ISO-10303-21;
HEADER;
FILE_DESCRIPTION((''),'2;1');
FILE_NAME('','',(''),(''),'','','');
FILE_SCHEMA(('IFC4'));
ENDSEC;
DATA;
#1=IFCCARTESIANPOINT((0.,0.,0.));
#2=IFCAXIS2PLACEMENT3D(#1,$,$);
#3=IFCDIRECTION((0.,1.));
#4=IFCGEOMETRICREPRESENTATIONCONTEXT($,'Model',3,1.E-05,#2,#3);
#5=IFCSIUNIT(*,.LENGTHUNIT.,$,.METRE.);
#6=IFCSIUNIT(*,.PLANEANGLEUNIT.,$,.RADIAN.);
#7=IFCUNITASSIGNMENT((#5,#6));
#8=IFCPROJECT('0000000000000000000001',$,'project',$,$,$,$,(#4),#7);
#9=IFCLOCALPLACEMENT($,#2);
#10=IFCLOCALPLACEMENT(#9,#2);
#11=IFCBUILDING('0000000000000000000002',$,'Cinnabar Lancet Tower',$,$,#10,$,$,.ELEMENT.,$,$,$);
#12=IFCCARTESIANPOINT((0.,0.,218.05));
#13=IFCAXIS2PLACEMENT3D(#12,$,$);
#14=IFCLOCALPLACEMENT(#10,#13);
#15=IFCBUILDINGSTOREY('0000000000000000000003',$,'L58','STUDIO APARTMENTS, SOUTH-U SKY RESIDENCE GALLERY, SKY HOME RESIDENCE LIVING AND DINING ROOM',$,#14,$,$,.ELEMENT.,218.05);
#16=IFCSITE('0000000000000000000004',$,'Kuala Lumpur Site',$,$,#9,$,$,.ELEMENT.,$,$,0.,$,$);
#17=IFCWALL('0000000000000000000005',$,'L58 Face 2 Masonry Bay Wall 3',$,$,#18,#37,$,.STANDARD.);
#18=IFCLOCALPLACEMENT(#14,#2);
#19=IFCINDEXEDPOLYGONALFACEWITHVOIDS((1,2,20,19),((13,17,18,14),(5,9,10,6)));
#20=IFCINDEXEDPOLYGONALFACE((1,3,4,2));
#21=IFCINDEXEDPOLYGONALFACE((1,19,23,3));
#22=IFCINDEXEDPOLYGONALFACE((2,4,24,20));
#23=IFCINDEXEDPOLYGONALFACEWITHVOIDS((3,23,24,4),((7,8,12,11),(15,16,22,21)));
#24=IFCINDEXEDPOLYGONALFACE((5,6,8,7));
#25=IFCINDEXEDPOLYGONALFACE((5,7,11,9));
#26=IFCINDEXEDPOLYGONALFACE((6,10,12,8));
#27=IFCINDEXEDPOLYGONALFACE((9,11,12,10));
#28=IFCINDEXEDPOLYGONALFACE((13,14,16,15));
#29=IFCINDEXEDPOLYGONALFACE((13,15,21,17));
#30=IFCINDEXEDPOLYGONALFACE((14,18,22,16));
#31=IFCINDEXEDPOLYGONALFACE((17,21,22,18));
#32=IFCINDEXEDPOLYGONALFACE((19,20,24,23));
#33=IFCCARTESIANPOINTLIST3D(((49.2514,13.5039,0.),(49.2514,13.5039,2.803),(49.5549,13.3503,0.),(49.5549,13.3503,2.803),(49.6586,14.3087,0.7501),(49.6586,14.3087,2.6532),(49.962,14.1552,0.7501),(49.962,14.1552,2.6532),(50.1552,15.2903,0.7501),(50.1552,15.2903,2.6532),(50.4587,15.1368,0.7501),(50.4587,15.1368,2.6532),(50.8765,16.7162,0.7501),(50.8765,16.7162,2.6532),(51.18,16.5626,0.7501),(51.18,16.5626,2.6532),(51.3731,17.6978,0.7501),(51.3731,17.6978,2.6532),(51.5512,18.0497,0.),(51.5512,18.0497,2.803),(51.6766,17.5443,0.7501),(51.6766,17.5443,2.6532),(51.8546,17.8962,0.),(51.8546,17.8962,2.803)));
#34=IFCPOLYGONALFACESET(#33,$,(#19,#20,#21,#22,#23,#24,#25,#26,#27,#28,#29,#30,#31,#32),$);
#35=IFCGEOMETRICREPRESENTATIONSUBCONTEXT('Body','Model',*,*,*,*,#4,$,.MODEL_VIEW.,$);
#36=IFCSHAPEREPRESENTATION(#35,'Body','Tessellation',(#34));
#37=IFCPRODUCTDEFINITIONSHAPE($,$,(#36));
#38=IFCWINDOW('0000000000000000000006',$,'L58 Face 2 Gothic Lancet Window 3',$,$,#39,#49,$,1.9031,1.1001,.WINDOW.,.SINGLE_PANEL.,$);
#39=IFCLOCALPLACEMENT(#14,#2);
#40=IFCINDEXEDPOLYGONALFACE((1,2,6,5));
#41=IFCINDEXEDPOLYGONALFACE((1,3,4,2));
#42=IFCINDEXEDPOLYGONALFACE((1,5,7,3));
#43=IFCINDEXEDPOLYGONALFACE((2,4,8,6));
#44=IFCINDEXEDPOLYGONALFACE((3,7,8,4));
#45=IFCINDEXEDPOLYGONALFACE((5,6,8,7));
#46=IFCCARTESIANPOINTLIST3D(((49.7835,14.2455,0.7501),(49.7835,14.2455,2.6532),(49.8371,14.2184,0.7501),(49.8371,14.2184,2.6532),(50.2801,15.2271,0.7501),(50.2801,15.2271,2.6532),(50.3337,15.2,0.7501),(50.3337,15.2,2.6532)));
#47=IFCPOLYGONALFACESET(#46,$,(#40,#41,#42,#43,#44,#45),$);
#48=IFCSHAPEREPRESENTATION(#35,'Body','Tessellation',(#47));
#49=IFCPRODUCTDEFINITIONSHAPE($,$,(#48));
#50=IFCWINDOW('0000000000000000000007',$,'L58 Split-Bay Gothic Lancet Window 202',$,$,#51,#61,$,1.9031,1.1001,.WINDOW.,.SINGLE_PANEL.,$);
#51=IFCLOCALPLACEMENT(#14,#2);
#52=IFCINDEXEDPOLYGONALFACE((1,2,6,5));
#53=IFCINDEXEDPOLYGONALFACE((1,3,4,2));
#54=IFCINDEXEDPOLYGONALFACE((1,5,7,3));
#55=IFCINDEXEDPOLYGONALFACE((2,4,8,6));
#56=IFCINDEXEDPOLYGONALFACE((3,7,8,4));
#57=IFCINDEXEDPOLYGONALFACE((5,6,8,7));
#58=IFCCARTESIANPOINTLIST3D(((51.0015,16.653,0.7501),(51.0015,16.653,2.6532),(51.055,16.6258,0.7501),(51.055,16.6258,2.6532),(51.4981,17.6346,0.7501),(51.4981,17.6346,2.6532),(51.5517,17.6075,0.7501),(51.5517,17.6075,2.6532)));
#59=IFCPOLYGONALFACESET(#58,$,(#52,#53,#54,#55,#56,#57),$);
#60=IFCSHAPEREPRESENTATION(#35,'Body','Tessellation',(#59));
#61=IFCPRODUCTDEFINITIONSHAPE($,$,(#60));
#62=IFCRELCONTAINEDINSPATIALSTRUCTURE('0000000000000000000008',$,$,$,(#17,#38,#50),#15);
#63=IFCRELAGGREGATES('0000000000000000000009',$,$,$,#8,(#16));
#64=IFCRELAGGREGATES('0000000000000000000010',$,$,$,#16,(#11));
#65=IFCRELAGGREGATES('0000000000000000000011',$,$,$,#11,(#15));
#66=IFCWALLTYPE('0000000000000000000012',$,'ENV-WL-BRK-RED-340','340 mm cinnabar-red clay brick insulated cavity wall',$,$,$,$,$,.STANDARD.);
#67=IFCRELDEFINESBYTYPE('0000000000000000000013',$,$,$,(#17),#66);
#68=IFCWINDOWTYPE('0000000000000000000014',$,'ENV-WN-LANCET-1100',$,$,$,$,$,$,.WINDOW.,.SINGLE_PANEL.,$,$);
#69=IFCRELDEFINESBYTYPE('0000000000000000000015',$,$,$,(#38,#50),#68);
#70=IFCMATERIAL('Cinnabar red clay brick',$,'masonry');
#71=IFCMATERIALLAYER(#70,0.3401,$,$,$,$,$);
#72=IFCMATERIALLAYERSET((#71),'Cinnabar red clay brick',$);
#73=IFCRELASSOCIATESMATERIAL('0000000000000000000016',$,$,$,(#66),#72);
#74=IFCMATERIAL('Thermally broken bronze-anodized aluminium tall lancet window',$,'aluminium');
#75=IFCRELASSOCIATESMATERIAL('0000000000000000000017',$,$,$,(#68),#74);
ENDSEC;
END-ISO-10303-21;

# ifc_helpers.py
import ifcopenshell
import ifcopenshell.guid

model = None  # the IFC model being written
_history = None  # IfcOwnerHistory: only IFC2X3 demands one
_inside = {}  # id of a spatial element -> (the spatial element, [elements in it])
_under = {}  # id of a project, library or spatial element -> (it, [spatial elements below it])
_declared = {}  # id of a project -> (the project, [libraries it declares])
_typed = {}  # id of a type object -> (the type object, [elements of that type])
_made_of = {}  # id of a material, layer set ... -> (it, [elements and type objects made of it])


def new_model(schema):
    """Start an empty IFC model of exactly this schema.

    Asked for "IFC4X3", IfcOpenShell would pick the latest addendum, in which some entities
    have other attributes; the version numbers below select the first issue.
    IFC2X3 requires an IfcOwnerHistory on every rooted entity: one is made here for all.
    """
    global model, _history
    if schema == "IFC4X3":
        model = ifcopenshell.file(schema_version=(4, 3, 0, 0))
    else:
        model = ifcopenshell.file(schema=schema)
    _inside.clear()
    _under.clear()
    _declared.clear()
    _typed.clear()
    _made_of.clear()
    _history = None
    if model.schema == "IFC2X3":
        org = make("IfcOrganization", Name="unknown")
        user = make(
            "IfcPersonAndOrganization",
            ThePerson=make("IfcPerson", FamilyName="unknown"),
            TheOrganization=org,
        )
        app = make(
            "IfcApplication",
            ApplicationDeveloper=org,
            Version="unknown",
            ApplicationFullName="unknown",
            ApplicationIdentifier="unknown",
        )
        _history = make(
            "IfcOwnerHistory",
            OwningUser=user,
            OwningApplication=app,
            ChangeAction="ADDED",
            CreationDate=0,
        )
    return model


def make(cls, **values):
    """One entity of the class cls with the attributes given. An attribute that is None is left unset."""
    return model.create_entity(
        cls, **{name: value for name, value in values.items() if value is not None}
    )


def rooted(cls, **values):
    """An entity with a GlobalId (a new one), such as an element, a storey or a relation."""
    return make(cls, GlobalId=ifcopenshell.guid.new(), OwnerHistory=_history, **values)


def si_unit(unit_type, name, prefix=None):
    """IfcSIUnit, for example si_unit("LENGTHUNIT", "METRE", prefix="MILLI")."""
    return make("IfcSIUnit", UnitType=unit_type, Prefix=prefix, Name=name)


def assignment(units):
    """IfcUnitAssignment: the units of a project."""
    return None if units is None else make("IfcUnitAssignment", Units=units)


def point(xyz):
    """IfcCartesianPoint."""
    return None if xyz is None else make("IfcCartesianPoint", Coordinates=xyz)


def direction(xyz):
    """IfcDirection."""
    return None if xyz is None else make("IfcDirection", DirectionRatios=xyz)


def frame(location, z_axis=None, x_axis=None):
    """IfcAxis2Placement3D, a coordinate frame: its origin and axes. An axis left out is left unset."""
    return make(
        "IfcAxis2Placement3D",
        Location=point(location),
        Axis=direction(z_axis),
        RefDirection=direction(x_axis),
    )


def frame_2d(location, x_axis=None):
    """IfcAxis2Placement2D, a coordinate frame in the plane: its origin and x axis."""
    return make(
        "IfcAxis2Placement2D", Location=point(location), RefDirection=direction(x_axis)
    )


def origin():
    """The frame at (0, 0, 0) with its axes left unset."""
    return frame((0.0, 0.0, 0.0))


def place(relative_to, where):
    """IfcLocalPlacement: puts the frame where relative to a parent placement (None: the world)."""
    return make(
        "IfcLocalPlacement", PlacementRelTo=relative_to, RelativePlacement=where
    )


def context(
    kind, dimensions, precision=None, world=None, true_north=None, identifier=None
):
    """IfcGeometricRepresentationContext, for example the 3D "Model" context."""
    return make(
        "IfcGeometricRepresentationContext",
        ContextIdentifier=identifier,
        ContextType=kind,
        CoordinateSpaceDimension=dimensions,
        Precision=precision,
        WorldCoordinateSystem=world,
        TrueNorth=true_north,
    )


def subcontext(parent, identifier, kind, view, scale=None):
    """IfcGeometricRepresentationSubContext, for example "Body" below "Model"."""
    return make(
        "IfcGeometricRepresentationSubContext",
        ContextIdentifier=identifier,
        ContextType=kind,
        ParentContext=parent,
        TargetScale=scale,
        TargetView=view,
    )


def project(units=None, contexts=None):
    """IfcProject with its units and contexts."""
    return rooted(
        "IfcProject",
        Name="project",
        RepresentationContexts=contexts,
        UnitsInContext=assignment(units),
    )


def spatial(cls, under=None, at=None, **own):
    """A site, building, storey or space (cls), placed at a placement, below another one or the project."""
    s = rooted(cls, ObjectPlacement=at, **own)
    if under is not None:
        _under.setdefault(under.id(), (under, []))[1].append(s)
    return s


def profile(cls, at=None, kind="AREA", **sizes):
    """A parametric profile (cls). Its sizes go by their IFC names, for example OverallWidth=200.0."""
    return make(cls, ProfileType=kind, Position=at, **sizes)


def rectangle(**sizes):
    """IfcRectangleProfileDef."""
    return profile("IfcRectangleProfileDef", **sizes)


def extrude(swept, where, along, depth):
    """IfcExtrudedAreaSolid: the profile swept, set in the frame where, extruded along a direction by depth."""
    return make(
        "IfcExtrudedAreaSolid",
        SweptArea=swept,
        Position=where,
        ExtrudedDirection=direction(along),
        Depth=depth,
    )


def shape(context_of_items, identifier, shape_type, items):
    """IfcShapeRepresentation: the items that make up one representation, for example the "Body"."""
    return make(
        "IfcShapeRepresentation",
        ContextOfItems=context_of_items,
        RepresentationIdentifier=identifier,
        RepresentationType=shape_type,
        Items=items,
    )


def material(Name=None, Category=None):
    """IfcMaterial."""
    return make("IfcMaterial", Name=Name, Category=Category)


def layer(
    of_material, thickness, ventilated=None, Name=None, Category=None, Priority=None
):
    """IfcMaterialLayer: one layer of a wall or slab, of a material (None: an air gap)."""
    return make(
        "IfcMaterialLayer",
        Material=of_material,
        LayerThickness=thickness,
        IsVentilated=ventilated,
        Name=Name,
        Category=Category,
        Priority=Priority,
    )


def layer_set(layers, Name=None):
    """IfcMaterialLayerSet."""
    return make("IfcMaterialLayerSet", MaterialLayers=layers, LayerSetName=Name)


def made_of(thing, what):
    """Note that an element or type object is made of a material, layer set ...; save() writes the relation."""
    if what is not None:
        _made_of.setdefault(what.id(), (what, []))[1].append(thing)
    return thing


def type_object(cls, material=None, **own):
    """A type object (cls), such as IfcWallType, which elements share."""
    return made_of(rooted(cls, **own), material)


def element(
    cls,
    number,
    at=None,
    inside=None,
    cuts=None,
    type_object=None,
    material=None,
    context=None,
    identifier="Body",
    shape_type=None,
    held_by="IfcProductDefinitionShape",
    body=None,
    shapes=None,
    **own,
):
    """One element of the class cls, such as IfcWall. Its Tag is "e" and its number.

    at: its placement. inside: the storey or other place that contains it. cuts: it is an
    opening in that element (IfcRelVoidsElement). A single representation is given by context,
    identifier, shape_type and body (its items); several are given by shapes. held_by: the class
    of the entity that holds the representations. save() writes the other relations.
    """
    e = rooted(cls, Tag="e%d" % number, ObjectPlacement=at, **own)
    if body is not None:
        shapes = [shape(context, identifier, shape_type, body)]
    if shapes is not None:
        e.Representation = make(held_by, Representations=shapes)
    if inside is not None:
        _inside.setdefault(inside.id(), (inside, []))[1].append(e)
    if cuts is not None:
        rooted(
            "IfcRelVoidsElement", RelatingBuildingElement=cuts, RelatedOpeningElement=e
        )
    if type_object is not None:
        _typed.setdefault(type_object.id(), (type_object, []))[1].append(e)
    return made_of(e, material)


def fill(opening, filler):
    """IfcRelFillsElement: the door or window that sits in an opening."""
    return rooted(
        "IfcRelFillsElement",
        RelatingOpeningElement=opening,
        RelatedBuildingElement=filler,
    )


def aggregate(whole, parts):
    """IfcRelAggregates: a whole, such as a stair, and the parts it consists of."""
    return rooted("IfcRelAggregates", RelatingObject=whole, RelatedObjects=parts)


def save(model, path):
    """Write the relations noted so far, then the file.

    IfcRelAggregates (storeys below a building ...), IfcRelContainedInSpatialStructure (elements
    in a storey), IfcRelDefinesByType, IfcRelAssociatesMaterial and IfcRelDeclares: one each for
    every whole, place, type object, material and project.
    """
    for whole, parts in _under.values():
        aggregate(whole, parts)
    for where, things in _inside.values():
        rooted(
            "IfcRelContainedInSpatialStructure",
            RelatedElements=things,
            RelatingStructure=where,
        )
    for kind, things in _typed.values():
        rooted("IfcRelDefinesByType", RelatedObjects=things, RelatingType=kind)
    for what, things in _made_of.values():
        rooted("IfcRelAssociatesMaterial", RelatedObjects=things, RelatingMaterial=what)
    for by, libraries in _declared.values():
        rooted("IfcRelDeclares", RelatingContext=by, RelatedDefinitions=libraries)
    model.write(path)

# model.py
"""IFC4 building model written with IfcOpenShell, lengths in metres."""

from ifc_helpers import new_model, si_unit, direction, frame, frame_2d, origin, place, context, subcontext, project, spatial, rectangle, extrude, material, layer, layer_set, type_object, element, fill, save


model = new_model("IFC4")

# Units and contexts
model_context = context("Model", 3, precision=1e-05, world=origin(), true_north=direction((0.0, 1.0)))
body_context = subcontext(model_context, "Body", "Model", "MODEL_VIEW")
ifc_project = project(units=[si_unit("LENGTHUNIT", "METRE"), si_unit("PLANEANGLEUNIT", "RADIAN")], contexts=[model_context])

# Site, building, storey
site_placement = place(None, origin())
site = spatial("IfcSite", under=ifc_project, at=site_placement, Name="Kuala Lumpur Site", CompositionType="ELEMENT", RefElevation=0.0)
building_placement = place(site_placement, origin())
building = spatial("IfcBuilding", under=site, at=building_placement, Name="Cinnabar Lancet Tower", CompositionType="ELEMENT")
storey_placement = place(building_placement, frame((0.0, 0.0, 218.05)))
storey = spatial("IfcBuildingStorey", under=building, at=storey_placement, Name="L58", Description="STUDIO APARTMENTS, SOUTH-U SKY RESIDENCE GALLERY, SKY HOME RESIDENCE LIVING AND DINING ROOM", CompositionType="ELEMENT", Elevation=218.05)

# Shared definitions
ifc_material_1 = material(Name="Cinnabar red clay brick", Category="masonry")
ifc_layer_1 = layer(ifc_material_1, 0.3401)
ifc_layer_set_1 = layer_set([ifc_layer_1], Name="Cinnabar red clay brick")
wall_type_1 = type_object("IfcWallType", Name="ENV-WL-BRK-RED-340", Description="340 mm cinnabar-red clay brick insulated cavity wall", PredefinedType="STANDARD", material=ifc_layer_set_1)

# Shared definitions
ifc_material_2 = material(Name="Thermally broken bronze-anodized aluminium tall lancet window", Category="aluminium")
window_type = type_object("IfcWindowType", Name="ENV-WN-LANCET-1100", PartitioningType="SINGLE_PANEL", PredefinedType="WINDOW", material=ifc_material_2)

# Wall, openings, windows
wall_1_placement = place(storey_placement, frame((49.4031, 13.427, 0.0), z_axis=(0.0, 0.0, 1.0), x_axis=(0.451426, 0.892309, 0.0)))
wall_1 = element("IfcWall", 1, at=wall_1_placement, inside=storey, type_object=wall_type_1, Name="L58 Face 2 Masonry Bay Wall 3", PredefinedType="STANDARD", context=body_context, shape_type="SweptSolid", body=[
    extrude(rectangle(XDim=5.0945, YDim=0.3401, at=frame_2d((2.5474, 0.0))), origin(), (0.0, 0.0, 1.0), 2.803),
])
opening_1_placement = place(wall_1_placement, frame((0.9021, 0.0, 0.75)))
opening_1 = element("IfcOpeningElement", 2, at=opening_1_placement, cuts=wall_1, PredefinedType="OPENING", context=body_context, shape_type="SweptSolid", body=[
    extrude(rectangle(XDim=1.1001, YDim=1.9031, at=frame_2d((0.55, 0.9517))), frame((0.0, 0.1799, 0.0), z_axis=(0.0, -1.0, 0.0), x_axis=(1.0, 0.0, 0.0)), (0.0, 0.0, 1.0), 0.3601),
])
opening_2_placement = place(wall_1_placement, frame((3.6001, 0.0, 0.75)))
opening_2 = element("IfcOpeningElement", 3, at=opening_2_placement, cuts=wall_1, PredefinedType="OPENING", context=body_context, shape_type="SweptSolid", body=[
    extrude(rectangle(XDim=1.1001, YDim=1.9031, at=frame_2d((0.55, 0.9517))), frame((0.0, 0.1799, 0.0), z_axis=(0.0, -1.0, 0.0), x_axis=(1.0, 0.0, 0.0)), (0.0, 0.0, 1.0), 0.3601),
])
window_1_placement = place(opening_1_placement, origin())
window_1 = element("IfcWindow", 4, at=window_1_placement, inside=storey, type_object=window_type, Name="L58 Face 2 Gothic Lancet Window 3", OverallHeight=1.9031, OverallWidth=1.1001, PartitioningType="SINGLE_PANEL", PredefinedType="WINDOW", context=body_context, shape_type="SweptSolid", body=[
    extrude(rectangle(XDim=1.1001, YDim=1.9031, at=frame_2d((0.55, 0.9517))), frame((0.0, 0.03, 0.0), z_axis=(0.0, -1.0, 0.0), x_axis=(1.0, 0.0, 0.0)), (0.0, 0.0, 1.0), 0.0601),
])
fill(opening_1, window_1)
window_2_placement = place(opening_2_placement, origin())
window_2 = element("IfcWindow", 5, at=window_2_placement, inside=storey, type_object=window_type, Name="L58 Split-Bay Gothic Lancet Window 202", OverallHeight=1.9031, OverallWidth=1.1001, PartitioningType="SINGLE_PANEL", PredefinedType="WINDOW", context=body_context, shape_type="SweptSolid", body=[
    extrude(rectangle(XDim=1.1001, YDim=1.9031, at=frame_2d((0.55, 0.9517))), frame((0.0, 0.03, 0.0), z_axis=(0.0, -1.0, 0.0), x_axis=(1.0, 0.0, 0.0)), (0.0, 0.0, 1.0), 0.0601),
])
fill(opening_2, window_2)

save(model, "model.ifc")
